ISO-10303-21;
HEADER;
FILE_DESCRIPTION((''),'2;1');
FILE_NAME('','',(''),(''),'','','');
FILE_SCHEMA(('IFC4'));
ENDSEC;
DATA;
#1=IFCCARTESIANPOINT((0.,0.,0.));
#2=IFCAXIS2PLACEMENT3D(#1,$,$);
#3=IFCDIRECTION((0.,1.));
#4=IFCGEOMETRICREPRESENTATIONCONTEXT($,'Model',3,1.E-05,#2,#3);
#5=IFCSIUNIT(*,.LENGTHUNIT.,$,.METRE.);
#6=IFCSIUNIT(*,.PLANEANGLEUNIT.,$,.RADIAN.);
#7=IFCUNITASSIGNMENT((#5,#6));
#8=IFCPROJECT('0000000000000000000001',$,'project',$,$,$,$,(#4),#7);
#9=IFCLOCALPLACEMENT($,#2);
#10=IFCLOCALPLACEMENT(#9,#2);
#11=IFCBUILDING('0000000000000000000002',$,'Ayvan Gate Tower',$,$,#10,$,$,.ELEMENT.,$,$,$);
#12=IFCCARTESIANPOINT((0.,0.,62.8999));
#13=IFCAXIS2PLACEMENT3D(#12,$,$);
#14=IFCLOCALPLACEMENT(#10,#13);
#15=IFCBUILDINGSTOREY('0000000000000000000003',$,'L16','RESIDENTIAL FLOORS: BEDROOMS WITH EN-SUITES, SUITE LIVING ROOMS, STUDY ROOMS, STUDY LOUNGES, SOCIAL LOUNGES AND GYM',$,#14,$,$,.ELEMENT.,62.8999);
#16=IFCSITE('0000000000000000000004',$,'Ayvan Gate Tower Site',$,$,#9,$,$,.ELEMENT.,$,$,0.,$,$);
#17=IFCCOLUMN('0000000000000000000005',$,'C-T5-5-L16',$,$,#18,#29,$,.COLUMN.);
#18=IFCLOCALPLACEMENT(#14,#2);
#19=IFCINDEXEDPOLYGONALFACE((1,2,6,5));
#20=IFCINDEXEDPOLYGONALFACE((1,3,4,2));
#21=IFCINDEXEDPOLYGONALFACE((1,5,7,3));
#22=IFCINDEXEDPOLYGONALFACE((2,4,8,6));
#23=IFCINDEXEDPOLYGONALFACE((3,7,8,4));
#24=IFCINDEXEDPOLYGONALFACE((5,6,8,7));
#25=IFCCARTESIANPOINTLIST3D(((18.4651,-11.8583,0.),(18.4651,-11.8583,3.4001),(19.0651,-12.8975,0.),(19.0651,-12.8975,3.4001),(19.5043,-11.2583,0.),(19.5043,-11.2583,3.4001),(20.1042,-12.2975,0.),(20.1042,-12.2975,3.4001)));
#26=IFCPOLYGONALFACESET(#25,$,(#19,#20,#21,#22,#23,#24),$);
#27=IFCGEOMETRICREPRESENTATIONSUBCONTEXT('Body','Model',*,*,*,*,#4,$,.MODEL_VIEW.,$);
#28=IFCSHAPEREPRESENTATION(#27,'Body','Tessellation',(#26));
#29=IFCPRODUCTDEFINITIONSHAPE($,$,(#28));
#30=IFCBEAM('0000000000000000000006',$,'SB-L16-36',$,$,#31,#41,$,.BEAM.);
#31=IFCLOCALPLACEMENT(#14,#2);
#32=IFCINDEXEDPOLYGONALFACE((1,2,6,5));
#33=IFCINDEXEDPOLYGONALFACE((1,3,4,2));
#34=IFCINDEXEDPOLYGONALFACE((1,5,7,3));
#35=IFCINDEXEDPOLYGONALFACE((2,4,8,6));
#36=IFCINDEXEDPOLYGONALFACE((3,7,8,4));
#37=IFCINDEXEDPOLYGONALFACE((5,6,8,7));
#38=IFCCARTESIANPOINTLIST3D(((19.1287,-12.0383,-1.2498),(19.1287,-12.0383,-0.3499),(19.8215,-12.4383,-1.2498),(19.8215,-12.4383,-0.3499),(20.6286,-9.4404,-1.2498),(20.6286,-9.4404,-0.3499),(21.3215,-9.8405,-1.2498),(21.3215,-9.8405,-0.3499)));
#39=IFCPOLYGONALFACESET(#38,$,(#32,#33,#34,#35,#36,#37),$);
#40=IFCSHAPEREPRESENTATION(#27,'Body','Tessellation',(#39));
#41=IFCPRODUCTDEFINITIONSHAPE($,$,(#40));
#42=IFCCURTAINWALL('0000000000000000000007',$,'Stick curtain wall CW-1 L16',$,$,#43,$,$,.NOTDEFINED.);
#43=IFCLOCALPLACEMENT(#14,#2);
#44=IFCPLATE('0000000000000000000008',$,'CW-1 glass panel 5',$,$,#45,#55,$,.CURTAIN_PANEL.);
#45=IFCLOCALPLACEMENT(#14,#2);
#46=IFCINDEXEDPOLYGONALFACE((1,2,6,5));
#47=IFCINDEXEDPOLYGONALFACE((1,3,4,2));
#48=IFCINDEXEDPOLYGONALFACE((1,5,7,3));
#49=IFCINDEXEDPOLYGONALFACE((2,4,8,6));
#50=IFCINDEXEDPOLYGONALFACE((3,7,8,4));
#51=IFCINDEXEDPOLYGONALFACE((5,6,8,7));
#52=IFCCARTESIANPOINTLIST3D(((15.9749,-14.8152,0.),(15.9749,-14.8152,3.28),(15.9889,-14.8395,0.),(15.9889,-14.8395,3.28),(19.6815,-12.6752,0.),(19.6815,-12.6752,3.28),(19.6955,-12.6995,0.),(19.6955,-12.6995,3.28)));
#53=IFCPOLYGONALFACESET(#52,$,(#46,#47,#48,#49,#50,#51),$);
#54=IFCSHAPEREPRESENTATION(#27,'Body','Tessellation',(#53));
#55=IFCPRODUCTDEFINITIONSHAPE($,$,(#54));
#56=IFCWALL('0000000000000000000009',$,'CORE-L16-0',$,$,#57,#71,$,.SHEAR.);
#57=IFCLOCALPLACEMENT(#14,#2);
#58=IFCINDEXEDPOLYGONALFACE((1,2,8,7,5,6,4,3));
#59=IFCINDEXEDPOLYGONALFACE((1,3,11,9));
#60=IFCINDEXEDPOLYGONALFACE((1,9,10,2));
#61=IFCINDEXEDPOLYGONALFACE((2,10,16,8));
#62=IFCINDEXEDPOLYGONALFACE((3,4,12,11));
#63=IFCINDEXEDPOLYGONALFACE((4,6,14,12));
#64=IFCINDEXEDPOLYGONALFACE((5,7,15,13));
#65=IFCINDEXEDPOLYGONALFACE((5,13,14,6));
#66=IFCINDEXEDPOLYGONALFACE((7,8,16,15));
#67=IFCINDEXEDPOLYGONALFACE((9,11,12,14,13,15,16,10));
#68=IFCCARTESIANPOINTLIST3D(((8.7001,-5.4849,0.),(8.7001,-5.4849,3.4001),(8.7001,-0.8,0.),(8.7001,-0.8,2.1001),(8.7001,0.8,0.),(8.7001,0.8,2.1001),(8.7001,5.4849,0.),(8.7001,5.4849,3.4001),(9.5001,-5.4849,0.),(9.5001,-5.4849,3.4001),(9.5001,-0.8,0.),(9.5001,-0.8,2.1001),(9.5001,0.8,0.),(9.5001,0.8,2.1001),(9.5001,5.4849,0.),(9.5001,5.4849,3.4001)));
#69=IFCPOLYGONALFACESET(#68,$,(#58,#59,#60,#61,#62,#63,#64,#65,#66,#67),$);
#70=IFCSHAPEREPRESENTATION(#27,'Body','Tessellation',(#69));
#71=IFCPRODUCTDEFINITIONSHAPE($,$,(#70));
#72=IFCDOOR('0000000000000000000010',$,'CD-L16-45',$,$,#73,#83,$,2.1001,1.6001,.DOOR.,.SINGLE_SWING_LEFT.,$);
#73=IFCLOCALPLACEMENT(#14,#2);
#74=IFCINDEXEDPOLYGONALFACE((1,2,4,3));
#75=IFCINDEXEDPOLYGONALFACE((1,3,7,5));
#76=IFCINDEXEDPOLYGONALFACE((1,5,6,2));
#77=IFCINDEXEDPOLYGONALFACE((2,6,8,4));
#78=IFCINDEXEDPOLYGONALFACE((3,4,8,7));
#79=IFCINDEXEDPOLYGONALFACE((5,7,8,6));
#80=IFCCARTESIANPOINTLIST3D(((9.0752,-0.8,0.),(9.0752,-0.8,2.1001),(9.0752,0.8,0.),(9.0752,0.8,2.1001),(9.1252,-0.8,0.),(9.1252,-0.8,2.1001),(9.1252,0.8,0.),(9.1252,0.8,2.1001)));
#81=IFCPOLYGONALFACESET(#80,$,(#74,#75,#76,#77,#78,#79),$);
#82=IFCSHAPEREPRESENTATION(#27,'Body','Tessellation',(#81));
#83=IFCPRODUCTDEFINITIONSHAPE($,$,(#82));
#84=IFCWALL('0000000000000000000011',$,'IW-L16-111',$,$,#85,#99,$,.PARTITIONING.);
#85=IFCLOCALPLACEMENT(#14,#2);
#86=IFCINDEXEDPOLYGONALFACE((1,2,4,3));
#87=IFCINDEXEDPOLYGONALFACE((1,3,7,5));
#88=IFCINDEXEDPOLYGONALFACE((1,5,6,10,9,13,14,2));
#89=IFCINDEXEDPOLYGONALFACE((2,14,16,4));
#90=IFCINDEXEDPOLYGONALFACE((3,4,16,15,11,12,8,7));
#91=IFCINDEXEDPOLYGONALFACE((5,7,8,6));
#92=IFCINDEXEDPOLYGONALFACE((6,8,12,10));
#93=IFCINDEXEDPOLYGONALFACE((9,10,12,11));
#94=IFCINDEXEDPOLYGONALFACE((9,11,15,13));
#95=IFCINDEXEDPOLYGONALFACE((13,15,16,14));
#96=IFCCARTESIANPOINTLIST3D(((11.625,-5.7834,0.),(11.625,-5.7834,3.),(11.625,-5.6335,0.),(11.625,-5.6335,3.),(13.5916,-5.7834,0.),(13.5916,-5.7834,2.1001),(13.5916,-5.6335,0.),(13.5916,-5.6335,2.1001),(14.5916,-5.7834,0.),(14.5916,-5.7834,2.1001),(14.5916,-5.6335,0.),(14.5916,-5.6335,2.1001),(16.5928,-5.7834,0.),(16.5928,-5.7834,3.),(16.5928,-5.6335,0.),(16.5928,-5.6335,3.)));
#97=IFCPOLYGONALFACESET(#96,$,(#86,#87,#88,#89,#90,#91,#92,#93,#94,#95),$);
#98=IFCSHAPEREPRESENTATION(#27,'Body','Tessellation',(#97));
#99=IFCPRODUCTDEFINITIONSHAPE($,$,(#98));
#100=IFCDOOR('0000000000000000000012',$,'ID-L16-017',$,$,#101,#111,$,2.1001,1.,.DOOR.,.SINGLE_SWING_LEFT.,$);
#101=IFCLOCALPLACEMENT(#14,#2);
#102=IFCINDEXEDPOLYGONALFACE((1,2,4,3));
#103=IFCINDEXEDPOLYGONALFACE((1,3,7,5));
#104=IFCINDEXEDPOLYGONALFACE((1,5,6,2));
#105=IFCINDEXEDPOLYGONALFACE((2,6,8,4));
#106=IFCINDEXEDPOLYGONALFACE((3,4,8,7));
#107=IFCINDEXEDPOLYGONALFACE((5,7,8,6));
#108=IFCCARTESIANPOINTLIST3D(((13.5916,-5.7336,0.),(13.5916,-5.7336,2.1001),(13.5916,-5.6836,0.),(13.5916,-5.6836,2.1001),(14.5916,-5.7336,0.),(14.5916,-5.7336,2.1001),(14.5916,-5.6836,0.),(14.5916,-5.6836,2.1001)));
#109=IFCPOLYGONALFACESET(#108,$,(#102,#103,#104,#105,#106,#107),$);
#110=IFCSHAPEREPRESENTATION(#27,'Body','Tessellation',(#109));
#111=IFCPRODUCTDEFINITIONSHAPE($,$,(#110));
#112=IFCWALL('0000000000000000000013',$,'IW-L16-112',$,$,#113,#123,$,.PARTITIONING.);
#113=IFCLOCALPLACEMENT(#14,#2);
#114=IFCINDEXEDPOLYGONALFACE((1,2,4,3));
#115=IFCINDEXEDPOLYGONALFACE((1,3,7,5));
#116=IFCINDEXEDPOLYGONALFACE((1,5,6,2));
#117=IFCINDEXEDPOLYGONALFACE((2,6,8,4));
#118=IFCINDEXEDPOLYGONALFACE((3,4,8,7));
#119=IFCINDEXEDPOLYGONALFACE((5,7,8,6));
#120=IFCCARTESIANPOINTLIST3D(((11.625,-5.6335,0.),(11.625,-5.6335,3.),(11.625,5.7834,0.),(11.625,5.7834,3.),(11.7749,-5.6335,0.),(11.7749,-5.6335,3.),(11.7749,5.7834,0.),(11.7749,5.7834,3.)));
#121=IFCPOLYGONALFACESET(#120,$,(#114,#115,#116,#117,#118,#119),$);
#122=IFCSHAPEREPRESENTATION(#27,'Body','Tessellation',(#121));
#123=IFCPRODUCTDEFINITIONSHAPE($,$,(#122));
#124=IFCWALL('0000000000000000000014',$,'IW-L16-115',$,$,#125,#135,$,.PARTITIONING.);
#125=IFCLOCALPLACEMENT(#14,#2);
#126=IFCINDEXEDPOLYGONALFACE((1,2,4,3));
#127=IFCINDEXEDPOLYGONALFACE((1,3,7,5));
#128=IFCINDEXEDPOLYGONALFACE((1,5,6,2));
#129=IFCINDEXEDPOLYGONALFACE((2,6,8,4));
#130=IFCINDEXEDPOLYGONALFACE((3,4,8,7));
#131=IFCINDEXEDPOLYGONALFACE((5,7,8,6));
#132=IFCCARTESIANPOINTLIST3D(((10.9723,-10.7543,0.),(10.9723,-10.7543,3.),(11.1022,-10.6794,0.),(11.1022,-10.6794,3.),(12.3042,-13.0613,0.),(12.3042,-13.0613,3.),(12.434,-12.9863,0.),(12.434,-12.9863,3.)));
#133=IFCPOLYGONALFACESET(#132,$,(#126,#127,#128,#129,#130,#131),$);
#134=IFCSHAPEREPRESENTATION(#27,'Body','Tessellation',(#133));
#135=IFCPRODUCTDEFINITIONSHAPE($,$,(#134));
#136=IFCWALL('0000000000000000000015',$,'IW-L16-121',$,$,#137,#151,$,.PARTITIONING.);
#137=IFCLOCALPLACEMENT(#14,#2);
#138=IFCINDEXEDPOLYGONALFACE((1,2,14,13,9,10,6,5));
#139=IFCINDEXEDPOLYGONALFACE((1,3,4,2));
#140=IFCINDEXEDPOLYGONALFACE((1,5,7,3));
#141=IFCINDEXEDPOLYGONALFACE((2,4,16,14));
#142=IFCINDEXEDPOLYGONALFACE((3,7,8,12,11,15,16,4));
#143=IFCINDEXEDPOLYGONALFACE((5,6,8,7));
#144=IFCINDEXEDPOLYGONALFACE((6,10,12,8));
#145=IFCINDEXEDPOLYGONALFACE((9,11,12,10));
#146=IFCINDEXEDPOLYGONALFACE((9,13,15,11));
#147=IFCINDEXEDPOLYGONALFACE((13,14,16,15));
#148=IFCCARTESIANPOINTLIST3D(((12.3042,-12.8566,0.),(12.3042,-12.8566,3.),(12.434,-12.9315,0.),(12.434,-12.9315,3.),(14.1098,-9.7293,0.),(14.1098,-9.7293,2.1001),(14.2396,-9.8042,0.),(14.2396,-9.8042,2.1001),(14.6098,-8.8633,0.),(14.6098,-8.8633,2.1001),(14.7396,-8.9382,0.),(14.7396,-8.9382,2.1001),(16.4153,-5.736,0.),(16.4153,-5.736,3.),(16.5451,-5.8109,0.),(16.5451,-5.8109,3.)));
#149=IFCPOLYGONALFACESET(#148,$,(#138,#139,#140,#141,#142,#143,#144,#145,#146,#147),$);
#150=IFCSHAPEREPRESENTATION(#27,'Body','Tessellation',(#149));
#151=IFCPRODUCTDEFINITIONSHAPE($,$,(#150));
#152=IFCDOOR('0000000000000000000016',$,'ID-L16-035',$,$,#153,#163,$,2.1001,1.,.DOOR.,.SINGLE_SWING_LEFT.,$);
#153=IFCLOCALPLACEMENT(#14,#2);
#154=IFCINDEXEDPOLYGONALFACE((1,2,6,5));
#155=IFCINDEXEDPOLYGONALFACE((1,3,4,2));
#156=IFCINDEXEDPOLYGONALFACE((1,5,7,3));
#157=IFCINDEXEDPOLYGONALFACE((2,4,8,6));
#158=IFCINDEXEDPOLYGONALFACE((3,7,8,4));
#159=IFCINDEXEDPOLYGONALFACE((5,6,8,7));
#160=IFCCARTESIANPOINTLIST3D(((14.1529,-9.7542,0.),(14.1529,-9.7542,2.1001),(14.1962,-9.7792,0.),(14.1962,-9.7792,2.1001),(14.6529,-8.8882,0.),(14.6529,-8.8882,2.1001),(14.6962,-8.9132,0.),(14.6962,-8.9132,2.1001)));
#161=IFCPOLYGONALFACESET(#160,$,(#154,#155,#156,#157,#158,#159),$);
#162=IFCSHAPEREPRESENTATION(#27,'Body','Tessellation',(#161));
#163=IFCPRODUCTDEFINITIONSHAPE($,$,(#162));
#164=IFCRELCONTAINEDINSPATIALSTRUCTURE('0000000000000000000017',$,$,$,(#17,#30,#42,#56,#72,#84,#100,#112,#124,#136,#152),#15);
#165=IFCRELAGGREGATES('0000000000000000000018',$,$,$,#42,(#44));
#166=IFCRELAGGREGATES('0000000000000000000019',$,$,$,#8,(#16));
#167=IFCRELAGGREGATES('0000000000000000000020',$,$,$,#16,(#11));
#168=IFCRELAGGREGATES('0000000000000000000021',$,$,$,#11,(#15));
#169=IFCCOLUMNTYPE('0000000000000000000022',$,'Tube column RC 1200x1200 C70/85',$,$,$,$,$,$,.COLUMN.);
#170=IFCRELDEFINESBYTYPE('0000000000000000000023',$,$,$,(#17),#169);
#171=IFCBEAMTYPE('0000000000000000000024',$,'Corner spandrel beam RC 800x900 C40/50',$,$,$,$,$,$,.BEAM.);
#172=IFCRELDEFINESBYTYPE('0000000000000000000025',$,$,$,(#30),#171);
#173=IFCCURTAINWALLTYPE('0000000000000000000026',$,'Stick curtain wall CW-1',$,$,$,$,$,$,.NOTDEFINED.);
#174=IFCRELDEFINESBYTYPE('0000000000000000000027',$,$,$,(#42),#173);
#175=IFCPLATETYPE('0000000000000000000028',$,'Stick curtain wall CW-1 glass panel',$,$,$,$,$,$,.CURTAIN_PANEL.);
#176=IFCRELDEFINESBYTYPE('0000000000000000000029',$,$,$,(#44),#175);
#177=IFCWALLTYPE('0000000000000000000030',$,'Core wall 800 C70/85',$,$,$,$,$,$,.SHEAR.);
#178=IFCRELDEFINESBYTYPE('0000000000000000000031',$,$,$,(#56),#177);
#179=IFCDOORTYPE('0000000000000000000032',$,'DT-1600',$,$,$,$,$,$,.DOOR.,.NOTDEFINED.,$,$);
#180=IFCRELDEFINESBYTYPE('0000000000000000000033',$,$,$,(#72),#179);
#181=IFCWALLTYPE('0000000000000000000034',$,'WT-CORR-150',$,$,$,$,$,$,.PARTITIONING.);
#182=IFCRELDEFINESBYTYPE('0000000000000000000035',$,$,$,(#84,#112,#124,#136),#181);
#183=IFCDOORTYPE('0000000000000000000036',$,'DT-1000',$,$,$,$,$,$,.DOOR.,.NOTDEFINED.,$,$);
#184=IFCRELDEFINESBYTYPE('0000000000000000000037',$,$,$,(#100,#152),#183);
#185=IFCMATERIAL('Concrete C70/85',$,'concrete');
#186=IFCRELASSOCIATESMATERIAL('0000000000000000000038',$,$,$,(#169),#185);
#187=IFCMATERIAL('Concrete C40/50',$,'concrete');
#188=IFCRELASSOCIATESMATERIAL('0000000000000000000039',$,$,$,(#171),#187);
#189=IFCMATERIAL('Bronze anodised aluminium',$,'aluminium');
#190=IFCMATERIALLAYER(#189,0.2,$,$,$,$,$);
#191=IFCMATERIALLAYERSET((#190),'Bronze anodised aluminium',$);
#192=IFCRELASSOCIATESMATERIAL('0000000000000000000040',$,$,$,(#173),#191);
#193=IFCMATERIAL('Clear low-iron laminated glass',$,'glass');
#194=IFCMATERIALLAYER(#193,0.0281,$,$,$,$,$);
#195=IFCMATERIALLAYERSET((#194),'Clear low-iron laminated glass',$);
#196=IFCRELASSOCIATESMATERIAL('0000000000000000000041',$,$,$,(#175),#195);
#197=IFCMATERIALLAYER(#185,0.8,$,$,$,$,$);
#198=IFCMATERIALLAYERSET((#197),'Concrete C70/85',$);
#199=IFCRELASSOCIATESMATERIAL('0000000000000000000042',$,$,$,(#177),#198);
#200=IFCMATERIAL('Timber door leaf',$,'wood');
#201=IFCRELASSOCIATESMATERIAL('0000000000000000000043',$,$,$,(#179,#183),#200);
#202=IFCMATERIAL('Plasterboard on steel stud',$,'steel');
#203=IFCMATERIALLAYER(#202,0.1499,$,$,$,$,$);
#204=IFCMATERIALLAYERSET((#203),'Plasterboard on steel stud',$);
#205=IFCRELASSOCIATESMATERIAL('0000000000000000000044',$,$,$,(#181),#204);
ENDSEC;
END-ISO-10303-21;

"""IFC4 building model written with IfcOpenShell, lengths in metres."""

from ifc_helpers import new_model, si_unit, direction, frame, frame_2d, origin, origin_2d, place, context, subcontext, project, spatial, rectangle, extrude, material, layer, layer_set, material_profile, profile_set, type_object, element, fill, aggregate, save


model = new_model("IFC4")

# Units and contexts
model_context = context("Model", 3, precision=1e-05, world=origin(), true_north=direction((0.0, 1.0)))
body_context = subcontext(model_context, "Body", "Model", "MODEL_VIEW")
ifc_project = project(units=[si_unit("LENGTHUNIT", "METRE"), si_unit("PLANEANGLEUNIT", "RADIAN")], contexts=[model_context])

# Site, building, storey
site_placement = place(None, origin())
site = spatial("IfcSite", under=ifc_project, at=site_placement, Name="Ayvan Gate Tower Site", CompositionType="ELEMENT", RefElevation=0.0)
building_placement = place(site_placement, origin())
building = spatial("IfcBuilding", under=site, at=building_placement, Name="Ayvan Gate Tower", CompositionType="ELEMENT")
storey_placement = place(building_placement, frame((0.0, 0.0, 62.8999)))
storey = spatial("IfcBuildingStorey", under=building, at=storey_placement, Name="L16", Description="RESIDENTIAL FLOORS: BEDROOMS WITH EN-SUITES, SUITE LIVING ROOMS, STUDY ROOMS, STUDY LOUNGES, SOCIAL LOUNGES AND GYM", CompositionType="ELEMENT", Elevation=62.8999)

# Column
ifc_material_1 = material(Name="Concrete C70/85", Category="concrete")
ifc_material_profile_1 = material_profile(ifc_material_1, rectangle(XDim=1.2, YDim=1.2, at=origin_2d()), Name="RC 1200x1200")
ifc_profile_set_1 = profile_set([ifc_material_profile_1], Name="Concrete C70/85")
column_type = type_object("IfcColumnType", Name="Tube column RC 1200x1200 C70/85", PredefinedType="COLUMN", material=ifc_profile_set_1)
column_placement = place(storey_placement, frame((19.2847, -12.0779, 0.0), z_axis=(0.0, 0.0, 1.0), x_axis=(0.5, -0.866025, 0.0)))
element("IfcColumn", 1, at=column_placement, inside=storey, type_object=column_type, Name="C-T5-5-L16", PredefinedType="COLUMN", context=body_context, shape_type="SweptSolid", body=[
    extrude(rectangle(XDim=1.2, YDim=1.2, at=origin_2d()), origin(), (0.0, 0.0, 1.0), 3.4001),
])

# Beam
ifc_material_2 = material(Name="Concrete C40/50", Category="concrete")
ifc_material_profile_2 = material_profile(ifc_material_2, rectangle(XDim=0.8, YDim=0.8999, at=origin_2d()), Name="RC 800x900")
ifc_profile_set_2 = profile_set([ifc_material_profile_2], Name="Concrete C40/50")
beam_type = type_object("IfcBeamType", Name="Corner spandrel beam RC 800x900 C40/50", PredefinedType="BEAM", material=ifc_profile_set_2)
beam_placement = place(storey_placement, frame((19.4751, -12.2383, -0.7998), z_axis=(0.500025, 0.866011, 0.0), x_axis=(-0.866011, 0.500025, 0.0)))
element("IfcBeam", 2, at=beam_placement, inside=storey, type_object=beam_type, Name="SB-L16-36", PredefinedType="BEAM", context=body_context, shape_type="SweptSolid", body=[
    extrude(rectangle(XDim=0.8, YDim=0.8999, at=origin_2d()), origin(), (0.0, 0.0, 1.0), 2.9998),
])

# Curtain wall, plate
ifc_material_3 = material(Name="Bronze anodised aluminium", Category="aluminium")
ifc_layer_1 = layer(ifc_material_3, 0.2)
ifc_layer_set_1 = layer_set([ifc_layer_1], Name="Bronze anodised aluminium")
curtain_wall_type = type_object("IfcCurtainWallType", Name="Stick curtain wall CW-1", PredefinedType="NOTDEFINED", material=ifc_layer_set_1)
curtain_wall_placement = place(storey_placement, origin())
curtain_wall = element("IfcCurtainWall", 3, at=curtain_wall_placement, inside=storey, type_object=curtain_wall_type, Name="Stick curtain wall CW-1 L16", PredefinedType="NOTDEFINED")
ifc_material_4 = material(Name="Clear low-iron laminated glass", Category="glass")
ifc_layer_2 = layer(ifc_material_4, 0.0281)
ifc_layer_set_2 = layer_set([ifc_layer_2], Name="Clear low-iron laminated glass")
plate_type = type_object("IfcPlateType", Name="Stick curtain wall CW-1 glass panel", PredefinedType="CURTAIN_PANEL", material=ifc_layer_set_2)
plate_placement = place(storey_placement, frame((17.8352, -13.7573, 0.0), z_axis=(0.0, 0.0, 1.0), x_axis=(0.866025, 0.5, 0.0)))
plate = element("IfcPlate", 4, at=plate_placement, type_object=plate_type, Name="CW-1 glass panel 5", PredefinedType="CURTAIN_PANEL", context=body_context, shape_type="SweptSolid", body=[
    extrude(rectangle(XDim=4.28, YDim=0.0281, at=origin_2d()), origin(), (0.0, 0.0, 1.0), 3.28),
])
aggregate(curtain_wall, [plate])

# Walls, openings, doors
ifc_layer_3 = layer(ifc_material_1, 0.8)
ifc_layer_set_3 = layer_set([ifc_layer_3], Name="Concrete C70/85")
wall_type_1 = type_object("IfcWallType", Name="Core wall 800 C70/85", PredefinedType="SHEAR", material=ifc_layer_set_3)
wall_1_placement = place(storey_placement, frame((9.1001, -5.4849, 0.0), z_axis=(0.0, 0.0, 1.0), x_axis=(0.0, 1.0, 0.0)))
wall_1 = element("IfcWall", 5, at=wall_1_placement, inside=storey, type_object=wall_type_1, Name="CORE-L16-0", PredefinedType="SHEAR", context=body_context, shape_type="SweptSolid", body=[
    extrude(rectangle(XDim=10.9697, YDim=0.8, at=frame_2d((5.4849, 0.0))), origin(), (0.0, 0.0, 1.0), 3.4001),
])
opening_1_placement = place(wall_1_placement, frame((4.6848, 0.0, 0.0)))
opening_1 = element("IfcOpeningElement", 6, at=opening_1_placement, cuts=wall_1, PredefinedType="OPENING", context=body_context, shape_type="SweptSolid", body=[
    extrude(rectangle(XDim=1.6001, YDim=2.1001, at=frame_2d((0.8, 1.05))), frame((0.0, 0.4099, 0.0), z_axis=(0.0, -1.0, 0.0), x_axis=(1.0, 0.0, 0.0)), (0.0, 0.0, 1.0), 0.8201),
])
ifc_material_5 = material(Name="Timber door leaf", Category="wood")
door_type_1 = type_object("IfcDoorType", Name="DT-1600", OperationType="NOTDEFINED", PredefinedType="DOOR", material=ifc_material_5)
door_1_placement = place(opening_1_placement, origin())
door_1 = element("IfcDoor", 7, at=door_1_placement, inside=storey, type_object=door_type_1, Name="CD-L16-45", OperationType="SINGLE_SWING_LEFT", OverallHeight=2.1001, OverallWidth=1.6001, PredefinedType="DOOR", context=body_context, shape_type="SweptSolid", body=[
    extrude(rectangle(XDim=1.6001, YDim=2.1001, at=frame_2d((0.8, 1.05))), frame((0.0, 0.0249, 0.0), z_axis=(0.0, -1.0, 0.0), x_axis=(1.0, 0.0, 0.0)), (0.0, 0.0, 1.0), 0.05),
])
fill(opening_1, door_1)
ifc_material_6 = material(Name="Plasterboard on steel stud", Category="steel")
ifc_layer_4 = layer(ifc_material_6, 0.1499)
ifc_layer_set_4 = layer_set([ifc_layer_4], Name="Plasterboard on steel stud")
wall_type_2 = type_object("IfcWallType", Name="WT-CORR-150", PredefinedType="PARTITIONING", material=ifc_layer_set_4)
wall_2_placement = place(storey_placement, frame((11.625, -5.7085, 0.0), z_axis=(0.0, 0.0, 1.0), x_axis=(1.0, 0.0, 0.0)))
wall_2 = element("IfcWall", 8, at=wall_2_placement, inside=storey, type_object=wall_type_2, Name="IW-L16-111", PredefinedType="PARTITIONING", context=body_context, shape_type="SweptSolid", body=[
    extrude(rectangle(XDim=4.9678, YDim=0.1499, at=frame_2d((2.4839, 0.0))), origin(), (0.0, 0.0, 1.0), 3.0),
])
opening_2_placement = place(wall_2_placement, frame((1.9666, 0.0, 0.0)))
opening_2 = element("IfcOpeningElement", 9, at=opening_2_placement, cuts=wall_2, PredefinedType="OPENING", context=body_context, shape_type="SweptSolid", body=[
    extrude(rectangle(XDim=1.0, YDim=2.1001, at=frame_2d((0.5, 1.05))), frame((0.0, 0.085, 0.0), z_axis=(0.0, -1.0, 0.0), x_axis=(1.0, 0.0, 0.0)), (0.0, 0.0, 1.0), 0.1699),
])
door_type_2 = type_object("IfcDoorType", Name="DT-1000", OperationType="NOTDEFINED", PredefinedType="DOOR", material=ifc_material_5)
door_2_placement = place(opening_2_placement, origin())
door_2 = element("IfcDoor", 10, at=door_2_placement, inside=storey, type_object=door_type_2, Name="ID-L16-017", OperationType="SINGLE_SWING_LEFT", OverallHeight=2.1001, OverallWidth=1.0, PredefinedType="DOOR", context=body_context, shape_type="SweptSolid", body=[
    extrude(rectangle(XDim=1.0, YDim=2.1001, at=frame_2d((0.5, 1.05))), frame((0.0, 0.0249, 0.0), z_axis=(0.0, -1.0, 0.0), x_axis=(1.0, 0.0, 0.0)), (0.0, 0.0, 1.0), 0.05),
])
fill(opening_2, door_2)

# Walls
wall_3_placement = place(storey_placement, frame((11.7, -5.6335, 0.0), z_axis=(0.0, 0.0, 1.0), x_axis=(0.0, 1.0, 0.0)))
element("IfcWall", 11, at=wall_3_placement, inside=storey, type_object=wall_type_2, Name="IW-L16-112", PredefinedType="PARTITIONING", context=body_context, shape_type="SweptSolid", body=[
    extrude(rectangle(XDim=11.417, YDim=0.1499, at=frame_2d((5.7085, 0.0))), origin(), (0.0, 0.0, 1.0), 3.0),
])
wall_4_placement = place(storey_placement, frame((12.3691, -13.0239, 0.0), z_axis=(0.0, 0.0, 1.0), x_axis=(-0.499974, 0.866041, 0.0)))
element("IfcWall", 12, at=wall_4_placement, inside=storey, type_object=wall_type_2, Name="IW-L16-115", PredefinedType="PARTITIONING", context=body_context, shape_type="SweptSolid", body=[
    extrude(rectangle(XDim=2.6638, YDim=0.1499, at=frame_2d((1.332, 0.0))), origin(), (0.0, 0.0, 1.0), 3.0),
])

# Wall, opening, door
wall_5_placement = place(storey_placement, frame((16.4802, -5.7734, 0.0), z_axis=(0.0, 0.0, 1.0), x_axis=(-0.5, -0.866025, 0.0)))
wall_5 = element("IfcWall", 13, at=wall_5_placement, inside=storey, type_object=wall_type_2, Name="IW-L16-121", PredefinedType="PARTITIONING", context=body_context, shape_type="SweptSolid", body=[
    extrude(rectangle(XDim=8.2222, YDim=0.1499, at=frame_2d((4.1111, 0.0))), origin(), (0.0, 0.0, 1.0), 3.0),
])
opening_3_placement = place(wall_5_placement, frame((3.6111, 0.0, 0.0)))
opening_3 = element("IfcOpeningElement", 14, at=opening_3_placement, cuts=wall_5, PredefinedType="OPENING", context=body_context, shape_type="SweptSolid", body=[
    extrude(rectangle(XDim=1.0, YDim=2.1001, at=frame_2d((0.5, 1.05))), frame((0.0, 0.085, 0.0), z_axis=(0.0, -1.0, 0.0), x_axis=(1.0, 0.0, 0.0)), (0.0, 0.0, 1.0), 0.1699),
])
door_3_placement = place(opening_3_placement, origin())
door_3 = element("IfcDoor", 15, at=door_3_placement, inside=storey, type_object=door_type_2, Name="ID-L16-035", OperationType="SINGLE_SWING_LEFT", OverallHeight=2.1001, OverallWidth=1.0, PredefinedType="DOOR", context=body_context, shape_type="SweptSolid", body=[
    extrude(rectangle(XDim=1.0, YDim=2.1001, at=frame_2d((0.5, 1.05))), frame((0.0, 0.0249, 0.0), z_axis=(0.0, -1.0, 0.0), x_axis=(1.0, 0.0, 0.0)), (0.0, 0.0, 1.0), 0.05),
])
fill(opening_3, door_3)

save(model, "model.ifc")
